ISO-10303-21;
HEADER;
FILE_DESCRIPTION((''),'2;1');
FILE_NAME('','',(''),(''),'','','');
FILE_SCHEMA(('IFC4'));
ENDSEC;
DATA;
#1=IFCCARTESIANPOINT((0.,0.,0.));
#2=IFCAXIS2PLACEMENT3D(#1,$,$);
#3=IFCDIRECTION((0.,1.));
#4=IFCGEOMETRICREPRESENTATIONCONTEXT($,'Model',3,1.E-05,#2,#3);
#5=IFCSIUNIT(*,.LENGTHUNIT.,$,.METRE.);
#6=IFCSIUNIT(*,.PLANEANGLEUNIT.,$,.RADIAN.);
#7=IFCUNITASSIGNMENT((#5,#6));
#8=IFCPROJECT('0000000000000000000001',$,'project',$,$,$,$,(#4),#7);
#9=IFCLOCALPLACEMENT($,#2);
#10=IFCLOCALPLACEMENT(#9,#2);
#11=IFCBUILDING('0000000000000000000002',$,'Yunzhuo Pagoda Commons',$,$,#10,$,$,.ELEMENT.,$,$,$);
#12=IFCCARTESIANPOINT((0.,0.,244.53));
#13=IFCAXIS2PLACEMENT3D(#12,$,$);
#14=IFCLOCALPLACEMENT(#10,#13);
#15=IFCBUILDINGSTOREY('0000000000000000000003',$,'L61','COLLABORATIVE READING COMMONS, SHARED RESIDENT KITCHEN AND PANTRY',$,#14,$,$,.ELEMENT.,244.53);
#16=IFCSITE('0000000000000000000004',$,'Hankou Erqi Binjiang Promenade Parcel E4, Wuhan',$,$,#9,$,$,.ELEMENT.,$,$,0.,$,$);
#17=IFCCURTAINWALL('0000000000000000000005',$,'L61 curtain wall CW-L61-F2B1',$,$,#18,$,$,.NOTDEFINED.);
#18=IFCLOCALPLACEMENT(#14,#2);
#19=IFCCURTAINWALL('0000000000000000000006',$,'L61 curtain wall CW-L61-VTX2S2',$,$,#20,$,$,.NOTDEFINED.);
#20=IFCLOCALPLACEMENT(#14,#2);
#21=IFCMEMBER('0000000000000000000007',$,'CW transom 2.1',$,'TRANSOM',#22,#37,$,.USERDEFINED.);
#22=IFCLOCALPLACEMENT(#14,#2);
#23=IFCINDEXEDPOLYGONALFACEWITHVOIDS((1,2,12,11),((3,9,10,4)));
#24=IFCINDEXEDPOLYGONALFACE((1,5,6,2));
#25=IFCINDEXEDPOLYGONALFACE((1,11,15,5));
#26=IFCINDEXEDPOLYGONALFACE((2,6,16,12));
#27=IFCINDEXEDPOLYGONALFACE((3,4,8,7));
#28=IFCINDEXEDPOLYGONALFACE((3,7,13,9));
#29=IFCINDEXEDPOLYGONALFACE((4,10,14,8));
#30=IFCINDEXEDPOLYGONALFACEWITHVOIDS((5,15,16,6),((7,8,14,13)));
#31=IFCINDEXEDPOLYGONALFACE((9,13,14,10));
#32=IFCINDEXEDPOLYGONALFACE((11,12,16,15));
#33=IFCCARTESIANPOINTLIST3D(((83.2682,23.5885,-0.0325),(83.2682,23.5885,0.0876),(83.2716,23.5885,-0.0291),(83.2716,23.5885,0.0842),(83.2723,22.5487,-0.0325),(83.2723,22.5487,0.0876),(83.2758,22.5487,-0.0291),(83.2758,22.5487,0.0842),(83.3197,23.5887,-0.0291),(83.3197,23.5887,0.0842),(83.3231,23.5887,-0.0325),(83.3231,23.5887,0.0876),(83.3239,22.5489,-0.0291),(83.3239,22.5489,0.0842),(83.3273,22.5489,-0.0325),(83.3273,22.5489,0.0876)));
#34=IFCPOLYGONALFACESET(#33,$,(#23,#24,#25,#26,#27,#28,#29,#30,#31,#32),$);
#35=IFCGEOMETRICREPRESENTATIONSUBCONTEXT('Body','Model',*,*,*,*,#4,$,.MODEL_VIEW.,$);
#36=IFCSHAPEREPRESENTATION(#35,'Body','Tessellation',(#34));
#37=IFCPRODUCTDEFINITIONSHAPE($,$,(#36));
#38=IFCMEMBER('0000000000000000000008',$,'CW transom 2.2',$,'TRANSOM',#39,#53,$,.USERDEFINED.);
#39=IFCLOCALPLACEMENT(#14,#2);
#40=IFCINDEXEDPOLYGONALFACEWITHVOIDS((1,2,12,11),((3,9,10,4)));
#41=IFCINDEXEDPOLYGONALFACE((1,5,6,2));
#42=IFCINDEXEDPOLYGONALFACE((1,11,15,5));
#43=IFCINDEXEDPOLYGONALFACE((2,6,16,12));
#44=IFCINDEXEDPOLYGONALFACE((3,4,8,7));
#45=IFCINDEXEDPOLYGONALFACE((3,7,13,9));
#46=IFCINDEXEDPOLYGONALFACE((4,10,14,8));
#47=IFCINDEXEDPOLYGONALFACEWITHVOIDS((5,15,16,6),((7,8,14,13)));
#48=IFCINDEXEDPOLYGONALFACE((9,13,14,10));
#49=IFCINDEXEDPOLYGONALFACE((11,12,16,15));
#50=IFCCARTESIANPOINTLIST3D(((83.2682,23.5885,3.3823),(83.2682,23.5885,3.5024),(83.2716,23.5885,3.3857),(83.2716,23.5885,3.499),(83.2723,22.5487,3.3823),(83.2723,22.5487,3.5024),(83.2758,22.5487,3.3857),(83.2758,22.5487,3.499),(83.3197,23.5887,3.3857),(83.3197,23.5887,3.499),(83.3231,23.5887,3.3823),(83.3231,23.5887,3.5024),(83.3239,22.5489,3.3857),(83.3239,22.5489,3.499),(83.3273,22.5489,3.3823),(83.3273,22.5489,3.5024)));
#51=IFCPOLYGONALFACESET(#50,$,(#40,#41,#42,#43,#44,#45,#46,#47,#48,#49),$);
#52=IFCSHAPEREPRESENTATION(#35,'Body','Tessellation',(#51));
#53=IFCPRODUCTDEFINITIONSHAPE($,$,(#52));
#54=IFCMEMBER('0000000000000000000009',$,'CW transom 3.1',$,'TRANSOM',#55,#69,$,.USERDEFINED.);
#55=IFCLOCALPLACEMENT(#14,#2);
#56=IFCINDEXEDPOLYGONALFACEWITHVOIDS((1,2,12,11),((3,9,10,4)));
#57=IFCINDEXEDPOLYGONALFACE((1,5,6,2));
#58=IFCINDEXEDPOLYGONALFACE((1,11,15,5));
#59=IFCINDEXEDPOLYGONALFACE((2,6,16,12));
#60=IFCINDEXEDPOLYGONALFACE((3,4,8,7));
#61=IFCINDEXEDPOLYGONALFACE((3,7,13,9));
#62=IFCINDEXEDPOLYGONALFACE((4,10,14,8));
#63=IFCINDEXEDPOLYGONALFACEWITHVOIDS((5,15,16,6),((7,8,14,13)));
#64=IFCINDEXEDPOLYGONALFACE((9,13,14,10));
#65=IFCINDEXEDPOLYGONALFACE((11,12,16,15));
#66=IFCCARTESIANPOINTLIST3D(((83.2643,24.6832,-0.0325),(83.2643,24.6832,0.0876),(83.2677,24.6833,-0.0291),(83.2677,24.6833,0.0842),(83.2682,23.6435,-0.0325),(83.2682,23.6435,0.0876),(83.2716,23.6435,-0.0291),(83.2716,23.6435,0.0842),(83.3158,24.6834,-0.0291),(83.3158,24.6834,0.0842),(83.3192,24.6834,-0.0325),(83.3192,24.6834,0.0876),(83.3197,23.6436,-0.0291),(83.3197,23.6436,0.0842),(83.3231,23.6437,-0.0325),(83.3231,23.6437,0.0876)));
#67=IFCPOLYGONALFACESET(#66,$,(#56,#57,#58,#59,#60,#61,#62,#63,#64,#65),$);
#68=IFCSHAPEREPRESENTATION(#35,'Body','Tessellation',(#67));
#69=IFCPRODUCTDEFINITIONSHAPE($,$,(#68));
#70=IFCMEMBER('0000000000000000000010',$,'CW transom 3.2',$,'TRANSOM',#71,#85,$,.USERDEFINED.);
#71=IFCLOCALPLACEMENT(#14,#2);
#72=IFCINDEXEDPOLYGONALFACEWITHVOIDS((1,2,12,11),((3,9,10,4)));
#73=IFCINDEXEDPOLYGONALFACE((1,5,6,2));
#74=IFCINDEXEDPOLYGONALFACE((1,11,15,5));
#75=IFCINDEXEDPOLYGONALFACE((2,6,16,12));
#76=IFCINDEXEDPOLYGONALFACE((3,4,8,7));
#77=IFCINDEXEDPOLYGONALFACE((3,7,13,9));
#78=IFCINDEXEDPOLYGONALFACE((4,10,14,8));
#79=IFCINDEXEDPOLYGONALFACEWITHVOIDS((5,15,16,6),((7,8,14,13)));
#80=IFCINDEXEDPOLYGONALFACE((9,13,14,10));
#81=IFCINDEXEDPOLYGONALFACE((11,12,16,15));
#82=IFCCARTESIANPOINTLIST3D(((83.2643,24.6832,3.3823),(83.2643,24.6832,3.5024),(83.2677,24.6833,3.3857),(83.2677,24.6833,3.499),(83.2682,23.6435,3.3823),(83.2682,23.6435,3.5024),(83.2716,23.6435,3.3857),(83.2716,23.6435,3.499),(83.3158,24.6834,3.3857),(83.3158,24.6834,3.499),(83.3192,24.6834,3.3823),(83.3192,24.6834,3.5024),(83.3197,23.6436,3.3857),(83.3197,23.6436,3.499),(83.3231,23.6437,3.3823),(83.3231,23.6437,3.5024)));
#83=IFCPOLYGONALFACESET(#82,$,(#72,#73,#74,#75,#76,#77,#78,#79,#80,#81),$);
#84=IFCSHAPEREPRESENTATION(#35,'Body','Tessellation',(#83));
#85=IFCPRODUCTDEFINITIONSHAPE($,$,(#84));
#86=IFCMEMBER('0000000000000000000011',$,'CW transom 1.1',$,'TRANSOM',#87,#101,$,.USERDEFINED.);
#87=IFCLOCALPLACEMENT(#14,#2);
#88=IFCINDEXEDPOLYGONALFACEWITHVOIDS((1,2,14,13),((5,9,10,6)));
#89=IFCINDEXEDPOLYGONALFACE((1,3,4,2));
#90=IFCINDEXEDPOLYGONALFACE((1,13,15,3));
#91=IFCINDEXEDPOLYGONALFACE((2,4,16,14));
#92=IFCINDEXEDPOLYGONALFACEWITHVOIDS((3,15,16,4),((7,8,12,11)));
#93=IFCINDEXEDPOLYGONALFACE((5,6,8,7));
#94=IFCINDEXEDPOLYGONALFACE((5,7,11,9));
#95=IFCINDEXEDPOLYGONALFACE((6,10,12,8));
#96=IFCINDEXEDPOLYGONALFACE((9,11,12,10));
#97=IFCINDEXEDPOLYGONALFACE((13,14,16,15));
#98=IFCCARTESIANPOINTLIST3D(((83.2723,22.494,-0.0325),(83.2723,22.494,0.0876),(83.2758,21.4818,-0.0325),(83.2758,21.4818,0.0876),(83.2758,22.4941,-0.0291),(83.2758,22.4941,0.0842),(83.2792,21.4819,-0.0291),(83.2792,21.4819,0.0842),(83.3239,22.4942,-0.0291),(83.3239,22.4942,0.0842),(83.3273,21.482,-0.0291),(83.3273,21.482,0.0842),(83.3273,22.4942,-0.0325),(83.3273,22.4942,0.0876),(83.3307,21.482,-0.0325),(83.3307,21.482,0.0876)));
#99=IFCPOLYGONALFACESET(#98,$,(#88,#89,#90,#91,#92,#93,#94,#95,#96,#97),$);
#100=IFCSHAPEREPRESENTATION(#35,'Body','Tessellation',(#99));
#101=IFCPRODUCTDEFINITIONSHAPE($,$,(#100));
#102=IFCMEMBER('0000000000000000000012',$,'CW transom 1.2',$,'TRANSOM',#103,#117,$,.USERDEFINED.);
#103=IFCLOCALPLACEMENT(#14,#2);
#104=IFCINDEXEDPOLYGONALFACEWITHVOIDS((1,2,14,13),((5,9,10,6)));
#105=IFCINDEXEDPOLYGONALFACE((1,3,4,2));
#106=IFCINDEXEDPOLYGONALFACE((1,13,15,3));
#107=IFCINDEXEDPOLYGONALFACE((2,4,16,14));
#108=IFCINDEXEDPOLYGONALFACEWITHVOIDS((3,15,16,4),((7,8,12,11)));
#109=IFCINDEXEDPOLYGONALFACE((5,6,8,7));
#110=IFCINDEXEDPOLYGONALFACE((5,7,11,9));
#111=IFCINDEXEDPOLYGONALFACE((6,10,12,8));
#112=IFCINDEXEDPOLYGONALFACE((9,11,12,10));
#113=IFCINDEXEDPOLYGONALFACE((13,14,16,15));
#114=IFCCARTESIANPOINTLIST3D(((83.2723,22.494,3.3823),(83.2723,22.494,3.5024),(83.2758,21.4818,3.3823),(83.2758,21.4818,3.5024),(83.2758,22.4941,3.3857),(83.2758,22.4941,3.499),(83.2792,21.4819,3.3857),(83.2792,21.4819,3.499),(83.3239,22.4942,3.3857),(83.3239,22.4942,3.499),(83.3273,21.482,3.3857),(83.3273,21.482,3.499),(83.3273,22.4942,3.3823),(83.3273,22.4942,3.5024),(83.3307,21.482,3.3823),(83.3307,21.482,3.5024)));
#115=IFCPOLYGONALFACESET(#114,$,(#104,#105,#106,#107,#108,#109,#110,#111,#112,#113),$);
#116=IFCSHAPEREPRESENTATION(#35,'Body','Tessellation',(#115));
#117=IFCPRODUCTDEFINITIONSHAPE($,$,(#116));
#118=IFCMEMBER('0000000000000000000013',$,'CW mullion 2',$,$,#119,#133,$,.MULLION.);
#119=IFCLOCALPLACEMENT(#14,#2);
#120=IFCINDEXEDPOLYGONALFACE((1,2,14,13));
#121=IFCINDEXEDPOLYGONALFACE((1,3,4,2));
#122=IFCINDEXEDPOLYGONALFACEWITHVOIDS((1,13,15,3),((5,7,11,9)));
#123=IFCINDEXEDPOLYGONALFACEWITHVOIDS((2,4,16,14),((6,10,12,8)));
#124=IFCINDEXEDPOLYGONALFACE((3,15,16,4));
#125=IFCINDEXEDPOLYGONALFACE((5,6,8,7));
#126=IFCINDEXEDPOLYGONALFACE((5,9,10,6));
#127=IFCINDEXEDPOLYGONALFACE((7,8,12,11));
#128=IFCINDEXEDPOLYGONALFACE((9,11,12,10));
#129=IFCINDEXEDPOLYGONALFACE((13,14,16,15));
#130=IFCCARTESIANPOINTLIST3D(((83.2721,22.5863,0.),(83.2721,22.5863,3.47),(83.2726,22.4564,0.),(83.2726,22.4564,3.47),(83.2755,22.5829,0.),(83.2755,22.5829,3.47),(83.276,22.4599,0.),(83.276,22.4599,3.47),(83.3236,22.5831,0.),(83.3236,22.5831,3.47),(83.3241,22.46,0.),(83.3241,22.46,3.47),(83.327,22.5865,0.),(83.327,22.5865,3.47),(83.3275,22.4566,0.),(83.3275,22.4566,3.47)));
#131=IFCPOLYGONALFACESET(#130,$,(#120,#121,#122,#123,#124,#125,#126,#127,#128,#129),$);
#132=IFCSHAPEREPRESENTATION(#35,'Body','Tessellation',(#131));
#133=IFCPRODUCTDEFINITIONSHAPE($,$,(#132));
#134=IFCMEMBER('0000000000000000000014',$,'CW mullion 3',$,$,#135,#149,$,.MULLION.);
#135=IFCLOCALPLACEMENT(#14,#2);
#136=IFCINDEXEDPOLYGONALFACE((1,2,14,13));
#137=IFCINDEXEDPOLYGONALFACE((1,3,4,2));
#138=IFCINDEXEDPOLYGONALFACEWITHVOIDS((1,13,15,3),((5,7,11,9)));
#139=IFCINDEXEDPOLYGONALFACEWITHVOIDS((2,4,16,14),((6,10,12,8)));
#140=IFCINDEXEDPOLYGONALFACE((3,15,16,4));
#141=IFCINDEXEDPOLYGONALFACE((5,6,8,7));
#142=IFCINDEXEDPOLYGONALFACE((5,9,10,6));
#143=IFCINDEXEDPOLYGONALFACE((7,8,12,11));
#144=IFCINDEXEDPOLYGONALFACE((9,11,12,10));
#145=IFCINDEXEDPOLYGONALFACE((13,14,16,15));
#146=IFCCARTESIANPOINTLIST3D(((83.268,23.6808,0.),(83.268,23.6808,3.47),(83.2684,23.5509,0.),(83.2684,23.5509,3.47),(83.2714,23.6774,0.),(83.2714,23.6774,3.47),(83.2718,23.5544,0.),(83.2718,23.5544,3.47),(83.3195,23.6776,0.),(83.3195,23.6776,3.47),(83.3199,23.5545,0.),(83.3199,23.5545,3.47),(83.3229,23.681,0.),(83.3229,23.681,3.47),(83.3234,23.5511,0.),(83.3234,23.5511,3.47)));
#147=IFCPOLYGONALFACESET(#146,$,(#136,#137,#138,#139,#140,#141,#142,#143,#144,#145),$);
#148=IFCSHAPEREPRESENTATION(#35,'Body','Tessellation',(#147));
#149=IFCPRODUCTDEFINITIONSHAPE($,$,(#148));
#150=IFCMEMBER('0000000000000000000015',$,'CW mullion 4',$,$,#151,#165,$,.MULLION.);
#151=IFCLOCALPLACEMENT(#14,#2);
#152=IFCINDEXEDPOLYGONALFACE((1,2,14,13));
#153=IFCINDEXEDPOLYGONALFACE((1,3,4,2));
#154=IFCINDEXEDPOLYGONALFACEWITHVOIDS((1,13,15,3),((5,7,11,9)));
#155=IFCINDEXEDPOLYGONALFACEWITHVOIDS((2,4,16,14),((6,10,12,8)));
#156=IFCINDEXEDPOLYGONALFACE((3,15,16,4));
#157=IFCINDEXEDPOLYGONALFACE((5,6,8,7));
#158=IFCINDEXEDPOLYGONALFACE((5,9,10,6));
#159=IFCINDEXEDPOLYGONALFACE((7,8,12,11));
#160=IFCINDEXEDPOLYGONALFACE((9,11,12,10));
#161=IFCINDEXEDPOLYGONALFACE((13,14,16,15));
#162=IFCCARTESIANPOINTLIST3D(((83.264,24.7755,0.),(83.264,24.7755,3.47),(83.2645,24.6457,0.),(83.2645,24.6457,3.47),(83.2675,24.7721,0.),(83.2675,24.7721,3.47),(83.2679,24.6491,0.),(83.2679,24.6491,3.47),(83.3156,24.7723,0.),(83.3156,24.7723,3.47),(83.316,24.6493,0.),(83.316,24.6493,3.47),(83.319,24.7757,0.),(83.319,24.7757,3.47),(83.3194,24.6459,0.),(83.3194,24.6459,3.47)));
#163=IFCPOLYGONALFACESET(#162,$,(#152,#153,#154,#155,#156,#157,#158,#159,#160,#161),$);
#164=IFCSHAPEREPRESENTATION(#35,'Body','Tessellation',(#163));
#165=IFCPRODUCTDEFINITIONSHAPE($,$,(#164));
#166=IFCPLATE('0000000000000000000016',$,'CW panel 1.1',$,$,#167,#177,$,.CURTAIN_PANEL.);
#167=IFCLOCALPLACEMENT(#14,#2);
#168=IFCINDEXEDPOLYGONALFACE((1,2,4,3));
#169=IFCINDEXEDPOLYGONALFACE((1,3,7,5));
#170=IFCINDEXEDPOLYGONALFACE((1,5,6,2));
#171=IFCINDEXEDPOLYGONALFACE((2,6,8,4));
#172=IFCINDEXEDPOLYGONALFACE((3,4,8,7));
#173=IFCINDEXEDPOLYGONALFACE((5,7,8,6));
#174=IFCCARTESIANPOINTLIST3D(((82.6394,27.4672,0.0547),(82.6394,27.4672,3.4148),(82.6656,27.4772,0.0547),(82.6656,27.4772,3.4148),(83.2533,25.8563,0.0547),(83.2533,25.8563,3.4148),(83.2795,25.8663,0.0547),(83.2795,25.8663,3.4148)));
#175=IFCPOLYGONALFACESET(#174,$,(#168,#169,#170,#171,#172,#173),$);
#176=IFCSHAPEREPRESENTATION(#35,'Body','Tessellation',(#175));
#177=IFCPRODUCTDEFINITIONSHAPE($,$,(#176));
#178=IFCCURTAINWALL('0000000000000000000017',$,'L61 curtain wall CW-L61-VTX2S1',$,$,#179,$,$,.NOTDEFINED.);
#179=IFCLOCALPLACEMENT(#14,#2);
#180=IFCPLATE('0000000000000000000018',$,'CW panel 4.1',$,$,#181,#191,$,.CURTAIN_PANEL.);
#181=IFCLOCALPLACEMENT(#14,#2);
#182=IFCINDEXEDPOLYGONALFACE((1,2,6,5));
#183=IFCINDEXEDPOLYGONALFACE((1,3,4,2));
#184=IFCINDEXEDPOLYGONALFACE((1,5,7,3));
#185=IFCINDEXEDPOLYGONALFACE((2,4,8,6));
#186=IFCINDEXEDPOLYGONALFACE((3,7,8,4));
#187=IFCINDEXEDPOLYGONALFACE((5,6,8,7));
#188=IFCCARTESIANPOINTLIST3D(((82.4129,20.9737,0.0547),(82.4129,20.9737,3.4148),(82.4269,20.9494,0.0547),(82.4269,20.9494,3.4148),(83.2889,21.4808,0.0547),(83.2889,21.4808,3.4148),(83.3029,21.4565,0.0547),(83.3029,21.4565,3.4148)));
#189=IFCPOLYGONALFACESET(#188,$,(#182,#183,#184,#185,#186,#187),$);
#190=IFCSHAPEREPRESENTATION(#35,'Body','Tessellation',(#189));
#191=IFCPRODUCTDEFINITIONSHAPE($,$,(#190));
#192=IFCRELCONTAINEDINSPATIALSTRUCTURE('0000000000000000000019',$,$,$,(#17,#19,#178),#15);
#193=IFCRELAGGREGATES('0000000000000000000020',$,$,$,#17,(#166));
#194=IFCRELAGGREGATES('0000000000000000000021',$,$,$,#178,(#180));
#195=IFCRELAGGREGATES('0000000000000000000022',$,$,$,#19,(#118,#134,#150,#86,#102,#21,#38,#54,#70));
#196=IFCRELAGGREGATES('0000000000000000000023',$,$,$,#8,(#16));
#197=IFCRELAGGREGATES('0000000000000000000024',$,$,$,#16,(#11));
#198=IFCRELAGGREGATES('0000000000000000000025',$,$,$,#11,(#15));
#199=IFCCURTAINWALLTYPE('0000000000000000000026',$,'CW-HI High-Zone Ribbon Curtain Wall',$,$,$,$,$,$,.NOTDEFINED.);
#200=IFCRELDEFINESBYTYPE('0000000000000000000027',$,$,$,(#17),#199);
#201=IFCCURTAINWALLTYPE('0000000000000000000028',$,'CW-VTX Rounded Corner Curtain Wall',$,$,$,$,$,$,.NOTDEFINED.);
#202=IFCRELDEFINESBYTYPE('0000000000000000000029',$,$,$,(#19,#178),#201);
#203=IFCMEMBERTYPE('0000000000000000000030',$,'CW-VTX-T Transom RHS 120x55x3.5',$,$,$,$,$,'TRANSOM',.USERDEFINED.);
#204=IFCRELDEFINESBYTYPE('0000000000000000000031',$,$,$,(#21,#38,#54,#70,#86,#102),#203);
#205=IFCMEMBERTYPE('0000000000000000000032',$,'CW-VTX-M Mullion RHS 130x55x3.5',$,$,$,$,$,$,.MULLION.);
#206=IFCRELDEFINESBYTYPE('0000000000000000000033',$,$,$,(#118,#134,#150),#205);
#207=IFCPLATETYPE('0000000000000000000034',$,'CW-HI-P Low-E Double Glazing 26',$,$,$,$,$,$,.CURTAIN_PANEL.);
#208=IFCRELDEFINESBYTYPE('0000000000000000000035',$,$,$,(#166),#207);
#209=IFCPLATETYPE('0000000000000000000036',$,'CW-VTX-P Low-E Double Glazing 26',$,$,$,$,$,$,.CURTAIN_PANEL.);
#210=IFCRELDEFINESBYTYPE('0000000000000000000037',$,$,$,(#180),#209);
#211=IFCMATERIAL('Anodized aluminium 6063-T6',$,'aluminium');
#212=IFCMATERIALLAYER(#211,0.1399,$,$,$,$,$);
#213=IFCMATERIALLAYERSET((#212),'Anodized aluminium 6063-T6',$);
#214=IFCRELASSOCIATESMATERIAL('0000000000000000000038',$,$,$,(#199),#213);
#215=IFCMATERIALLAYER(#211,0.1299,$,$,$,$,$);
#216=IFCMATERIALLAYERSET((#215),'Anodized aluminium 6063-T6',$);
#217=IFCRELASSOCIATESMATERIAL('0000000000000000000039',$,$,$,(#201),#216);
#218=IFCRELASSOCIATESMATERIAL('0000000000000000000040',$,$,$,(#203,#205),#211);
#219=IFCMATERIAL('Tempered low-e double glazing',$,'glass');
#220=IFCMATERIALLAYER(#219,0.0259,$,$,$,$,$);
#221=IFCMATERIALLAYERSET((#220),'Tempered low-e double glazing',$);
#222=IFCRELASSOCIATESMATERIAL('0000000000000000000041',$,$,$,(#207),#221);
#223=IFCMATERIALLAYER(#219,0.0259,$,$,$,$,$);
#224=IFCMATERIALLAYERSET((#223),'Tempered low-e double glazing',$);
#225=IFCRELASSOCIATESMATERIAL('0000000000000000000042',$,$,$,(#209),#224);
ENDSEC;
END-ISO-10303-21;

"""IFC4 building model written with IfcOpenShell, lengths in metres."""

from ifc_helpers import new_model, si_unit, direction, frame, origin, origin_2d, place, context, subcontext, project, spatial, rectangle, hollow_rectangle, extrude, source, transform, mapped, material, layer, layer_set, material_profile, profile_set, type_object, element, aggregate, save


model = new_model("IFC4")

# Units and contexts
model_context = context("Model", 3, precision=1e-05, world=origin(), true_north=direction((0.0, 1.0)))
body_context = subcontext(model_context, "Body", "Model", "MODEL_VIEW")
ifc_project = project(units=[si_unit("LENGTHUNIT", "METRE"), si_unit("PLANEANGLEUNIT", "RADIAN")], contexts=[model_context])

# Site, building, storey
site_placement = place(None, origin())
site = spatial("IfcSite", under=ifc_project, at=site_placement, Name="Hankou Erqi Binjiang Promenade Parcel E4, Wuhan", CompositionType="ELEMENT", RefElevation=0.0)
building_placement = place(site_placement, origin())
building = spatial("IfcBuilding", under=site, at=building_placement, Name="Yunzhuo Pagoda Commons", CompositionType="ELEMENT")
storey_placement = place(building_placement, frame((0.0, 0.0, 244.53)))
storey = spatial("IfcBuildingStorey", under=building, at=storey_placement, Name="L61", Description="COLLABORATIVE READING COMMONS, SHARED RESIDENT KITCHEN AND PANTRY", CompositionType="ELEMENT", Elevation=244.53)

# Shared definitions
ifc_material_1 = material(Name="Anodized aluminium 6063-T6", Category="aluminium")
ifc_layer_1 = layer(ifc_material_1, 0.1399)
ifc_layer_set_1 = layer_set([ifc_layer_1], Name="Anodized aluminium 6063-T6")
curtain_wall_type_1 = type_object("IfcCurtainWallType", Name="CW-HI High-Zone Ribbon Curtain Wall", PredefinedType="NOTDEFINED", material=ifc_layer_set_1)

# Curtain wall
curtain_wall_1_placement = place(storey_placement, origin())
curtain_wall_1 = element("IfcCurtainWall", 1, at=curtain_wall_1_placement, inside=storey, type_object=curtain_wall_type_1, Name="L61 curtain wall CW-L61-F2B1", PredefinedType="NOTDEFINED")

# Curtain wall, members
ifc_layer_2 = layer(ifc_material_1, 0.1299)
ifc_layer_set_2 = layer_set([ifc_layer_2], Name="Anodized aluminium 6063-T6")
curtain_wall_type_2 = type_object("IfcCurtainWallType", Name="CW-VTX Rounded Corner Curtain Wall", PredefinedType="NOTDEFINED", material=ifc_layer_set_2)
curtain_wall_2_placement = place(storey_placement, origin())
curtain_wall_2 = element("IfcCurtainWall", 2, at=curtain_wall_2_placement, inside=storey, type_object=curtain_wall_type_2, Name="L61 curtain wall CW-L61-VTX2S2", PredefinedType="NOTDEFINED")
ifc_material_profile_1 = material_profile(ifc_material_1, hollow_rectangle(XDim=0.0549, YDim=0.1201, WallThickness=0.0034, at=origin_2d()), Name="Anodized aluminium 6063-T6")
ifc_profile_set_1 = profile_set([ifc_material_profile_1], Name="Anodized aluminium 6063-T6")
member_type_1 = type_object("IfcMemberType", Name="CW-VTX-T Transom RHS 120x55x3.5", ElementType="TRANSOM", PredefinedType="USERDEFINED", material=ifc_profile_set_1)
shared_shape_1 = source(origin(), body_context, "Body", "SweptSolid", [
    extrude(hollow_rectangle(XDim=0.0549, YDim=0.1201, WallThickness=0.0034, at=origin_2d()), origin(), (0.0, 0.0, 1.0), 1.0398),
])
member_1_placement = place(storey_placement, frame((83.2998, 22.5488, 0.0276), z_axis=(-0.003992, 0.999992, 0.0), x_axis=(-0.999992, -0.003992, 0.0)))
member_1 = element("IfcMember", 3, at=member_1_placement, type_object=member_type_1, Name="CW transom 2.1", ObjectType="TRANSOM", PredefinedType="USERDEFINED", context=body_context, shape_type="MappedRepresentation", body=[
    mapped(shared_shape_1, transform((0.0, 0.0, 0.0), scale=1.0)),
])
member_2_placement = place(storey_placement, frame((83.2998, 22.5488, 3.4424), z_axis=(-0.003992, 0.999992, 0.0), x_axis=(-0.999992, -0.003992, 0.0)))
member_2 = element("IfcMember", 4, at=member_2_placement, type_object=member_type_1, Name="CW transom 2.2", ObjectType="TRANSOM", PredefinedType="USERDEFINED", context=body_context, shape_type="MappedRepresentation", body=[
    mapped(shared_shape_1, transform((0.0, 0.0, 0.0), scale=1.0)),
])
member_3_placement = place(storey_placement, frame((83.2957, 23.6436, 0.0276), z_axis=(-0.003757, 0.999993, 0.0), x_axis=(-0.999993, -0.003757, 0.0)))
member_3 = element("IfcMember", 5, at=member_3_placement, type_object=member_type_1, Name="CW transom 3.1", ObjectType="TRANSOM", PredefinedType="USERDEFINED", context=body_context, shape_type="MappedRepresentation", body=[
    mapped(shared_shape_1, transform((0.0, 0.0, 0.0), scale=1.0)),
])
member_4_placement = place(storey_placement, frame((83.2957, 23.6436, 3.4424), z_axis=(-0.003757, 0.999993, 0.0), x_axis=(-0.999993, -0.003757, 0.0)))
member_4 = element("IfcMember", 6, at=member_4_placement, type_object=member_type_1, Name="CW transom 3.2", ObjectType="TRANSOM", PredefinedType="USERDEFINED", context=body_context, shape_type="MappedRepresentation", body=[
    mapped(shared_shape_1, transform((0.0, 0.0, 0.0), scale=1.0)),
])
shared_shape_2 = source(origin(), body_context, "Body", "SweptSolid", [
    extrude(hollow_rectangle(XDim=0.0549, YDim=0.1201, WallThickness=0.0034, at=origin_2d()), origin(), (0.0, 0.0, 1.0), 1.0122),
])
member_5_placement = place(storey_placement, frame((83.3032, 21.4819, 0.0276), z_axis=(-0.003377, 0.999994, 0.0), x_axis=(-0.999994, -0.003377, 0.0)))
member_5 = element("IfcMember", 7, at=member_5_placement, type_object=member_type_1, Name="CW transom 1.1", ObjectType="TRANSOM", PredefinedType="USERDEFINED", context=body_context, shape_type="MappedRepresentation", body=[
    mapped(shared_shape_2, transform((0.0, 0.0, 0.0), scale=1.0)),
])
member_6_placement = place(storey_placement, frame((83.3032, 21.4819, 3.4424), z_axis=(-0.003377, 0.999994, 0.0), x_axis=(-0.999994, -0.003377, 0.0)))
member_6 = element("IfcMember", 8, at=member_6_placement, type_object=member_type_1, Name="CW transom 1.2", ObjectType="TRANSOM", PredefinedType="USERDEFINED", context=body_context, shape_type="MappedRepresentation", body=[
    mapped(shared_shape_2, transform((0.0, 0.0, 0.0), scale=1.0)),
])
ifc_material_profile_2 = material_profile(ifc_material_1, hollow_rectangle(XDim=0.0549, YDim=0.1299, WallThickness=0.0034, at=origin_2d()), Name="Anodized aluminium 6063-T6")
ifc_profile_set_2 = profile_set([ifc_material_profile_2], Name="Anodized aluminium 6063-T6")
member_type_2 = type_object("IfcMemberType", Name="CW-VTX-M Mullion RHS 130x55x3.5", PredefinedType="MULLION", material=ifc_profile_set_2)
shared_shape_3 = source(origin(), body_context, "Body", "SweptSolid", [
    extrude(hollow_rectangle(XDim=0.0549, YDim=0.1299, WallThickness=0.0034, at=origin_2d()), origin(), (0.0, 0.0, 1.0), 3.47),
])
member_7_placement = place(storey_placement, frame((83.2998, 22.5215, 0.0), z_axis=(0.0, 0.0, 1.0), x_axis=(-0.999994, -0.003586, 0.0)))
member_7 = element("IfcMember", 9, at=member_7_placement, type_object=member_type_2, Name="CW mullion 2", PredefinedType="MULLION", context=body_context, shape_type="MappedRepresentation", body=[
    mapped(shared_shape_3, transform((0.0, 0.0, 0.0), scale=1.0)),
])
member_8_placement = place(storey_placement, frame((83.2957, 23.616, 0.0), z_axis=(0.0, 0.0, 1.0), x_axis=(-0.999994, -0.003586, 0.0)))
member_8 = element("IfcMember", 10, at=member_8_placement, type_object=member_type_2, Name="CW mullion 3", PredefinedType="MULLION", context=body_context, shape_type="MappedRepresentation", body=[
    mapped(shared_shape_3, transform((0.0, 0.0, 0.0), scale=1.0)),
])
member_9_placement = place(storey_placement, frame((83.2917, 24.7107, 0.0), z_axis=(0.0, 0.0, 1.0), x_axis=(-0.999994, -0.003586, 0.0)))
member_9 = element("IfcMember", 11, at=member_9_placement, type_object=member_type_2, Name="CW mullion 4", PredefinedType="MULLION", context=body_context, shape_type="MappedRepresentation", body=[
    mapped(shared_shape_3, transform((0.0, 0.0, 0.0), scale=1.0)),
])

# Plate
ifc_material_2 = material(Name="Tempered low-e double glazing", Category="glass")
ifc_layer_3 = layer(ifc_material_2, 0.0259)
ifc_layer_set_3 = layer_set([ifc_layer_3], Name="Tempered low-e double glazing")
plate_type_1 = type_object("IfcPlateType", Name="CW-HI-P Low-E Double Glazing 26", PredefinedType="CURTAIN_PANEL", material=ifc_layer_set_3)
shared_shape_4 = source(origin(), body_context, "Body", "SweptSolid", [
    extrude(rectangle(XDim=1.7239, YDim=0.0281, at=origin_2d()), origin(), (0.0, 0.0, 1.0), 3.3601),
])
plate_1_placement = place(storey_placement, frame((82.9595, 26.6667, 0.0547), z_axis=(0.0, 0.0, 1.0), x_axis=(-0.356117, 0.934441, 0.0)))
plate_1 = element("IfcPlate", 12, at=plate_1_placement, type_object=plate_type_1, Name="CW panel 1.1", PredefinedType="CURTAIN_PANEL", context=body_context, shape_type="MappedRepresentation", body=[
    mapped(shared_shape_4, transform((0.0, 0.0, 0.0), scale=1.0)),
])
aggregate(curtain_wall_1, [plate_1])

# Curtain wall, plate
curtain_wall_3_placement = place(storey_placement, origin())
curtain_wall_3 = element("IfcCurtainWall", 13, at=curtain_wall_3_placement, inside=storey, type_object=curtain_wall_type_2, Name="L61 curtain wall CW-L61-VTX2S1", PredefinedType="NOTDEFINED")
ifc_layer_4 = layer(ifc_material_2, 0.0259)
ifc_layer_set_4 = layer_set([ifc_layer_4], Name="Tempered low-e double glazing")
plate_type_2 = type_object("IfcPlateType", Name="CW-VTX-P Low-E Double Glazing 26", PredefinedType="CURTAIN_PANEL", material=ifc_layer_set_4)
shared_shape_5 = source(origin(), body_context, "Body", "SweptSolid", [
    extrude(rectangle(XDim=1.0122, YDim=0.0281, at=origin_2d()), origin(), (0.0, 0.0, 1.0), 3.3601),
])
plate_2_placement = place(storey_placement, frame((82.8579, 21.2151, 0.0547), z_axis=(0.0, 0.0, 1.0), x_axis=(0.865427, 0.501035, 0.0)))
plate_2 = element("IfcPlate", 14, at=plate_2_placement, type_object=plate_type_2, Name="CW panel 4.1", PredefinedType="CURTAIN_PANEL", context=body_context, shape_type="MappedRepresentation", body=[
    mapped(shared_shape_5, transform((0.0, 0.0, 0.0), scale=1.0)),
])
aggregate(curtain_wall_3, [plate_2])

aggregate(curtain_wall_2, [member_7, member_8, member_9, member_5, member_6, member_1, member_2, member_3, member_4])

save(model, "model.ifc")
